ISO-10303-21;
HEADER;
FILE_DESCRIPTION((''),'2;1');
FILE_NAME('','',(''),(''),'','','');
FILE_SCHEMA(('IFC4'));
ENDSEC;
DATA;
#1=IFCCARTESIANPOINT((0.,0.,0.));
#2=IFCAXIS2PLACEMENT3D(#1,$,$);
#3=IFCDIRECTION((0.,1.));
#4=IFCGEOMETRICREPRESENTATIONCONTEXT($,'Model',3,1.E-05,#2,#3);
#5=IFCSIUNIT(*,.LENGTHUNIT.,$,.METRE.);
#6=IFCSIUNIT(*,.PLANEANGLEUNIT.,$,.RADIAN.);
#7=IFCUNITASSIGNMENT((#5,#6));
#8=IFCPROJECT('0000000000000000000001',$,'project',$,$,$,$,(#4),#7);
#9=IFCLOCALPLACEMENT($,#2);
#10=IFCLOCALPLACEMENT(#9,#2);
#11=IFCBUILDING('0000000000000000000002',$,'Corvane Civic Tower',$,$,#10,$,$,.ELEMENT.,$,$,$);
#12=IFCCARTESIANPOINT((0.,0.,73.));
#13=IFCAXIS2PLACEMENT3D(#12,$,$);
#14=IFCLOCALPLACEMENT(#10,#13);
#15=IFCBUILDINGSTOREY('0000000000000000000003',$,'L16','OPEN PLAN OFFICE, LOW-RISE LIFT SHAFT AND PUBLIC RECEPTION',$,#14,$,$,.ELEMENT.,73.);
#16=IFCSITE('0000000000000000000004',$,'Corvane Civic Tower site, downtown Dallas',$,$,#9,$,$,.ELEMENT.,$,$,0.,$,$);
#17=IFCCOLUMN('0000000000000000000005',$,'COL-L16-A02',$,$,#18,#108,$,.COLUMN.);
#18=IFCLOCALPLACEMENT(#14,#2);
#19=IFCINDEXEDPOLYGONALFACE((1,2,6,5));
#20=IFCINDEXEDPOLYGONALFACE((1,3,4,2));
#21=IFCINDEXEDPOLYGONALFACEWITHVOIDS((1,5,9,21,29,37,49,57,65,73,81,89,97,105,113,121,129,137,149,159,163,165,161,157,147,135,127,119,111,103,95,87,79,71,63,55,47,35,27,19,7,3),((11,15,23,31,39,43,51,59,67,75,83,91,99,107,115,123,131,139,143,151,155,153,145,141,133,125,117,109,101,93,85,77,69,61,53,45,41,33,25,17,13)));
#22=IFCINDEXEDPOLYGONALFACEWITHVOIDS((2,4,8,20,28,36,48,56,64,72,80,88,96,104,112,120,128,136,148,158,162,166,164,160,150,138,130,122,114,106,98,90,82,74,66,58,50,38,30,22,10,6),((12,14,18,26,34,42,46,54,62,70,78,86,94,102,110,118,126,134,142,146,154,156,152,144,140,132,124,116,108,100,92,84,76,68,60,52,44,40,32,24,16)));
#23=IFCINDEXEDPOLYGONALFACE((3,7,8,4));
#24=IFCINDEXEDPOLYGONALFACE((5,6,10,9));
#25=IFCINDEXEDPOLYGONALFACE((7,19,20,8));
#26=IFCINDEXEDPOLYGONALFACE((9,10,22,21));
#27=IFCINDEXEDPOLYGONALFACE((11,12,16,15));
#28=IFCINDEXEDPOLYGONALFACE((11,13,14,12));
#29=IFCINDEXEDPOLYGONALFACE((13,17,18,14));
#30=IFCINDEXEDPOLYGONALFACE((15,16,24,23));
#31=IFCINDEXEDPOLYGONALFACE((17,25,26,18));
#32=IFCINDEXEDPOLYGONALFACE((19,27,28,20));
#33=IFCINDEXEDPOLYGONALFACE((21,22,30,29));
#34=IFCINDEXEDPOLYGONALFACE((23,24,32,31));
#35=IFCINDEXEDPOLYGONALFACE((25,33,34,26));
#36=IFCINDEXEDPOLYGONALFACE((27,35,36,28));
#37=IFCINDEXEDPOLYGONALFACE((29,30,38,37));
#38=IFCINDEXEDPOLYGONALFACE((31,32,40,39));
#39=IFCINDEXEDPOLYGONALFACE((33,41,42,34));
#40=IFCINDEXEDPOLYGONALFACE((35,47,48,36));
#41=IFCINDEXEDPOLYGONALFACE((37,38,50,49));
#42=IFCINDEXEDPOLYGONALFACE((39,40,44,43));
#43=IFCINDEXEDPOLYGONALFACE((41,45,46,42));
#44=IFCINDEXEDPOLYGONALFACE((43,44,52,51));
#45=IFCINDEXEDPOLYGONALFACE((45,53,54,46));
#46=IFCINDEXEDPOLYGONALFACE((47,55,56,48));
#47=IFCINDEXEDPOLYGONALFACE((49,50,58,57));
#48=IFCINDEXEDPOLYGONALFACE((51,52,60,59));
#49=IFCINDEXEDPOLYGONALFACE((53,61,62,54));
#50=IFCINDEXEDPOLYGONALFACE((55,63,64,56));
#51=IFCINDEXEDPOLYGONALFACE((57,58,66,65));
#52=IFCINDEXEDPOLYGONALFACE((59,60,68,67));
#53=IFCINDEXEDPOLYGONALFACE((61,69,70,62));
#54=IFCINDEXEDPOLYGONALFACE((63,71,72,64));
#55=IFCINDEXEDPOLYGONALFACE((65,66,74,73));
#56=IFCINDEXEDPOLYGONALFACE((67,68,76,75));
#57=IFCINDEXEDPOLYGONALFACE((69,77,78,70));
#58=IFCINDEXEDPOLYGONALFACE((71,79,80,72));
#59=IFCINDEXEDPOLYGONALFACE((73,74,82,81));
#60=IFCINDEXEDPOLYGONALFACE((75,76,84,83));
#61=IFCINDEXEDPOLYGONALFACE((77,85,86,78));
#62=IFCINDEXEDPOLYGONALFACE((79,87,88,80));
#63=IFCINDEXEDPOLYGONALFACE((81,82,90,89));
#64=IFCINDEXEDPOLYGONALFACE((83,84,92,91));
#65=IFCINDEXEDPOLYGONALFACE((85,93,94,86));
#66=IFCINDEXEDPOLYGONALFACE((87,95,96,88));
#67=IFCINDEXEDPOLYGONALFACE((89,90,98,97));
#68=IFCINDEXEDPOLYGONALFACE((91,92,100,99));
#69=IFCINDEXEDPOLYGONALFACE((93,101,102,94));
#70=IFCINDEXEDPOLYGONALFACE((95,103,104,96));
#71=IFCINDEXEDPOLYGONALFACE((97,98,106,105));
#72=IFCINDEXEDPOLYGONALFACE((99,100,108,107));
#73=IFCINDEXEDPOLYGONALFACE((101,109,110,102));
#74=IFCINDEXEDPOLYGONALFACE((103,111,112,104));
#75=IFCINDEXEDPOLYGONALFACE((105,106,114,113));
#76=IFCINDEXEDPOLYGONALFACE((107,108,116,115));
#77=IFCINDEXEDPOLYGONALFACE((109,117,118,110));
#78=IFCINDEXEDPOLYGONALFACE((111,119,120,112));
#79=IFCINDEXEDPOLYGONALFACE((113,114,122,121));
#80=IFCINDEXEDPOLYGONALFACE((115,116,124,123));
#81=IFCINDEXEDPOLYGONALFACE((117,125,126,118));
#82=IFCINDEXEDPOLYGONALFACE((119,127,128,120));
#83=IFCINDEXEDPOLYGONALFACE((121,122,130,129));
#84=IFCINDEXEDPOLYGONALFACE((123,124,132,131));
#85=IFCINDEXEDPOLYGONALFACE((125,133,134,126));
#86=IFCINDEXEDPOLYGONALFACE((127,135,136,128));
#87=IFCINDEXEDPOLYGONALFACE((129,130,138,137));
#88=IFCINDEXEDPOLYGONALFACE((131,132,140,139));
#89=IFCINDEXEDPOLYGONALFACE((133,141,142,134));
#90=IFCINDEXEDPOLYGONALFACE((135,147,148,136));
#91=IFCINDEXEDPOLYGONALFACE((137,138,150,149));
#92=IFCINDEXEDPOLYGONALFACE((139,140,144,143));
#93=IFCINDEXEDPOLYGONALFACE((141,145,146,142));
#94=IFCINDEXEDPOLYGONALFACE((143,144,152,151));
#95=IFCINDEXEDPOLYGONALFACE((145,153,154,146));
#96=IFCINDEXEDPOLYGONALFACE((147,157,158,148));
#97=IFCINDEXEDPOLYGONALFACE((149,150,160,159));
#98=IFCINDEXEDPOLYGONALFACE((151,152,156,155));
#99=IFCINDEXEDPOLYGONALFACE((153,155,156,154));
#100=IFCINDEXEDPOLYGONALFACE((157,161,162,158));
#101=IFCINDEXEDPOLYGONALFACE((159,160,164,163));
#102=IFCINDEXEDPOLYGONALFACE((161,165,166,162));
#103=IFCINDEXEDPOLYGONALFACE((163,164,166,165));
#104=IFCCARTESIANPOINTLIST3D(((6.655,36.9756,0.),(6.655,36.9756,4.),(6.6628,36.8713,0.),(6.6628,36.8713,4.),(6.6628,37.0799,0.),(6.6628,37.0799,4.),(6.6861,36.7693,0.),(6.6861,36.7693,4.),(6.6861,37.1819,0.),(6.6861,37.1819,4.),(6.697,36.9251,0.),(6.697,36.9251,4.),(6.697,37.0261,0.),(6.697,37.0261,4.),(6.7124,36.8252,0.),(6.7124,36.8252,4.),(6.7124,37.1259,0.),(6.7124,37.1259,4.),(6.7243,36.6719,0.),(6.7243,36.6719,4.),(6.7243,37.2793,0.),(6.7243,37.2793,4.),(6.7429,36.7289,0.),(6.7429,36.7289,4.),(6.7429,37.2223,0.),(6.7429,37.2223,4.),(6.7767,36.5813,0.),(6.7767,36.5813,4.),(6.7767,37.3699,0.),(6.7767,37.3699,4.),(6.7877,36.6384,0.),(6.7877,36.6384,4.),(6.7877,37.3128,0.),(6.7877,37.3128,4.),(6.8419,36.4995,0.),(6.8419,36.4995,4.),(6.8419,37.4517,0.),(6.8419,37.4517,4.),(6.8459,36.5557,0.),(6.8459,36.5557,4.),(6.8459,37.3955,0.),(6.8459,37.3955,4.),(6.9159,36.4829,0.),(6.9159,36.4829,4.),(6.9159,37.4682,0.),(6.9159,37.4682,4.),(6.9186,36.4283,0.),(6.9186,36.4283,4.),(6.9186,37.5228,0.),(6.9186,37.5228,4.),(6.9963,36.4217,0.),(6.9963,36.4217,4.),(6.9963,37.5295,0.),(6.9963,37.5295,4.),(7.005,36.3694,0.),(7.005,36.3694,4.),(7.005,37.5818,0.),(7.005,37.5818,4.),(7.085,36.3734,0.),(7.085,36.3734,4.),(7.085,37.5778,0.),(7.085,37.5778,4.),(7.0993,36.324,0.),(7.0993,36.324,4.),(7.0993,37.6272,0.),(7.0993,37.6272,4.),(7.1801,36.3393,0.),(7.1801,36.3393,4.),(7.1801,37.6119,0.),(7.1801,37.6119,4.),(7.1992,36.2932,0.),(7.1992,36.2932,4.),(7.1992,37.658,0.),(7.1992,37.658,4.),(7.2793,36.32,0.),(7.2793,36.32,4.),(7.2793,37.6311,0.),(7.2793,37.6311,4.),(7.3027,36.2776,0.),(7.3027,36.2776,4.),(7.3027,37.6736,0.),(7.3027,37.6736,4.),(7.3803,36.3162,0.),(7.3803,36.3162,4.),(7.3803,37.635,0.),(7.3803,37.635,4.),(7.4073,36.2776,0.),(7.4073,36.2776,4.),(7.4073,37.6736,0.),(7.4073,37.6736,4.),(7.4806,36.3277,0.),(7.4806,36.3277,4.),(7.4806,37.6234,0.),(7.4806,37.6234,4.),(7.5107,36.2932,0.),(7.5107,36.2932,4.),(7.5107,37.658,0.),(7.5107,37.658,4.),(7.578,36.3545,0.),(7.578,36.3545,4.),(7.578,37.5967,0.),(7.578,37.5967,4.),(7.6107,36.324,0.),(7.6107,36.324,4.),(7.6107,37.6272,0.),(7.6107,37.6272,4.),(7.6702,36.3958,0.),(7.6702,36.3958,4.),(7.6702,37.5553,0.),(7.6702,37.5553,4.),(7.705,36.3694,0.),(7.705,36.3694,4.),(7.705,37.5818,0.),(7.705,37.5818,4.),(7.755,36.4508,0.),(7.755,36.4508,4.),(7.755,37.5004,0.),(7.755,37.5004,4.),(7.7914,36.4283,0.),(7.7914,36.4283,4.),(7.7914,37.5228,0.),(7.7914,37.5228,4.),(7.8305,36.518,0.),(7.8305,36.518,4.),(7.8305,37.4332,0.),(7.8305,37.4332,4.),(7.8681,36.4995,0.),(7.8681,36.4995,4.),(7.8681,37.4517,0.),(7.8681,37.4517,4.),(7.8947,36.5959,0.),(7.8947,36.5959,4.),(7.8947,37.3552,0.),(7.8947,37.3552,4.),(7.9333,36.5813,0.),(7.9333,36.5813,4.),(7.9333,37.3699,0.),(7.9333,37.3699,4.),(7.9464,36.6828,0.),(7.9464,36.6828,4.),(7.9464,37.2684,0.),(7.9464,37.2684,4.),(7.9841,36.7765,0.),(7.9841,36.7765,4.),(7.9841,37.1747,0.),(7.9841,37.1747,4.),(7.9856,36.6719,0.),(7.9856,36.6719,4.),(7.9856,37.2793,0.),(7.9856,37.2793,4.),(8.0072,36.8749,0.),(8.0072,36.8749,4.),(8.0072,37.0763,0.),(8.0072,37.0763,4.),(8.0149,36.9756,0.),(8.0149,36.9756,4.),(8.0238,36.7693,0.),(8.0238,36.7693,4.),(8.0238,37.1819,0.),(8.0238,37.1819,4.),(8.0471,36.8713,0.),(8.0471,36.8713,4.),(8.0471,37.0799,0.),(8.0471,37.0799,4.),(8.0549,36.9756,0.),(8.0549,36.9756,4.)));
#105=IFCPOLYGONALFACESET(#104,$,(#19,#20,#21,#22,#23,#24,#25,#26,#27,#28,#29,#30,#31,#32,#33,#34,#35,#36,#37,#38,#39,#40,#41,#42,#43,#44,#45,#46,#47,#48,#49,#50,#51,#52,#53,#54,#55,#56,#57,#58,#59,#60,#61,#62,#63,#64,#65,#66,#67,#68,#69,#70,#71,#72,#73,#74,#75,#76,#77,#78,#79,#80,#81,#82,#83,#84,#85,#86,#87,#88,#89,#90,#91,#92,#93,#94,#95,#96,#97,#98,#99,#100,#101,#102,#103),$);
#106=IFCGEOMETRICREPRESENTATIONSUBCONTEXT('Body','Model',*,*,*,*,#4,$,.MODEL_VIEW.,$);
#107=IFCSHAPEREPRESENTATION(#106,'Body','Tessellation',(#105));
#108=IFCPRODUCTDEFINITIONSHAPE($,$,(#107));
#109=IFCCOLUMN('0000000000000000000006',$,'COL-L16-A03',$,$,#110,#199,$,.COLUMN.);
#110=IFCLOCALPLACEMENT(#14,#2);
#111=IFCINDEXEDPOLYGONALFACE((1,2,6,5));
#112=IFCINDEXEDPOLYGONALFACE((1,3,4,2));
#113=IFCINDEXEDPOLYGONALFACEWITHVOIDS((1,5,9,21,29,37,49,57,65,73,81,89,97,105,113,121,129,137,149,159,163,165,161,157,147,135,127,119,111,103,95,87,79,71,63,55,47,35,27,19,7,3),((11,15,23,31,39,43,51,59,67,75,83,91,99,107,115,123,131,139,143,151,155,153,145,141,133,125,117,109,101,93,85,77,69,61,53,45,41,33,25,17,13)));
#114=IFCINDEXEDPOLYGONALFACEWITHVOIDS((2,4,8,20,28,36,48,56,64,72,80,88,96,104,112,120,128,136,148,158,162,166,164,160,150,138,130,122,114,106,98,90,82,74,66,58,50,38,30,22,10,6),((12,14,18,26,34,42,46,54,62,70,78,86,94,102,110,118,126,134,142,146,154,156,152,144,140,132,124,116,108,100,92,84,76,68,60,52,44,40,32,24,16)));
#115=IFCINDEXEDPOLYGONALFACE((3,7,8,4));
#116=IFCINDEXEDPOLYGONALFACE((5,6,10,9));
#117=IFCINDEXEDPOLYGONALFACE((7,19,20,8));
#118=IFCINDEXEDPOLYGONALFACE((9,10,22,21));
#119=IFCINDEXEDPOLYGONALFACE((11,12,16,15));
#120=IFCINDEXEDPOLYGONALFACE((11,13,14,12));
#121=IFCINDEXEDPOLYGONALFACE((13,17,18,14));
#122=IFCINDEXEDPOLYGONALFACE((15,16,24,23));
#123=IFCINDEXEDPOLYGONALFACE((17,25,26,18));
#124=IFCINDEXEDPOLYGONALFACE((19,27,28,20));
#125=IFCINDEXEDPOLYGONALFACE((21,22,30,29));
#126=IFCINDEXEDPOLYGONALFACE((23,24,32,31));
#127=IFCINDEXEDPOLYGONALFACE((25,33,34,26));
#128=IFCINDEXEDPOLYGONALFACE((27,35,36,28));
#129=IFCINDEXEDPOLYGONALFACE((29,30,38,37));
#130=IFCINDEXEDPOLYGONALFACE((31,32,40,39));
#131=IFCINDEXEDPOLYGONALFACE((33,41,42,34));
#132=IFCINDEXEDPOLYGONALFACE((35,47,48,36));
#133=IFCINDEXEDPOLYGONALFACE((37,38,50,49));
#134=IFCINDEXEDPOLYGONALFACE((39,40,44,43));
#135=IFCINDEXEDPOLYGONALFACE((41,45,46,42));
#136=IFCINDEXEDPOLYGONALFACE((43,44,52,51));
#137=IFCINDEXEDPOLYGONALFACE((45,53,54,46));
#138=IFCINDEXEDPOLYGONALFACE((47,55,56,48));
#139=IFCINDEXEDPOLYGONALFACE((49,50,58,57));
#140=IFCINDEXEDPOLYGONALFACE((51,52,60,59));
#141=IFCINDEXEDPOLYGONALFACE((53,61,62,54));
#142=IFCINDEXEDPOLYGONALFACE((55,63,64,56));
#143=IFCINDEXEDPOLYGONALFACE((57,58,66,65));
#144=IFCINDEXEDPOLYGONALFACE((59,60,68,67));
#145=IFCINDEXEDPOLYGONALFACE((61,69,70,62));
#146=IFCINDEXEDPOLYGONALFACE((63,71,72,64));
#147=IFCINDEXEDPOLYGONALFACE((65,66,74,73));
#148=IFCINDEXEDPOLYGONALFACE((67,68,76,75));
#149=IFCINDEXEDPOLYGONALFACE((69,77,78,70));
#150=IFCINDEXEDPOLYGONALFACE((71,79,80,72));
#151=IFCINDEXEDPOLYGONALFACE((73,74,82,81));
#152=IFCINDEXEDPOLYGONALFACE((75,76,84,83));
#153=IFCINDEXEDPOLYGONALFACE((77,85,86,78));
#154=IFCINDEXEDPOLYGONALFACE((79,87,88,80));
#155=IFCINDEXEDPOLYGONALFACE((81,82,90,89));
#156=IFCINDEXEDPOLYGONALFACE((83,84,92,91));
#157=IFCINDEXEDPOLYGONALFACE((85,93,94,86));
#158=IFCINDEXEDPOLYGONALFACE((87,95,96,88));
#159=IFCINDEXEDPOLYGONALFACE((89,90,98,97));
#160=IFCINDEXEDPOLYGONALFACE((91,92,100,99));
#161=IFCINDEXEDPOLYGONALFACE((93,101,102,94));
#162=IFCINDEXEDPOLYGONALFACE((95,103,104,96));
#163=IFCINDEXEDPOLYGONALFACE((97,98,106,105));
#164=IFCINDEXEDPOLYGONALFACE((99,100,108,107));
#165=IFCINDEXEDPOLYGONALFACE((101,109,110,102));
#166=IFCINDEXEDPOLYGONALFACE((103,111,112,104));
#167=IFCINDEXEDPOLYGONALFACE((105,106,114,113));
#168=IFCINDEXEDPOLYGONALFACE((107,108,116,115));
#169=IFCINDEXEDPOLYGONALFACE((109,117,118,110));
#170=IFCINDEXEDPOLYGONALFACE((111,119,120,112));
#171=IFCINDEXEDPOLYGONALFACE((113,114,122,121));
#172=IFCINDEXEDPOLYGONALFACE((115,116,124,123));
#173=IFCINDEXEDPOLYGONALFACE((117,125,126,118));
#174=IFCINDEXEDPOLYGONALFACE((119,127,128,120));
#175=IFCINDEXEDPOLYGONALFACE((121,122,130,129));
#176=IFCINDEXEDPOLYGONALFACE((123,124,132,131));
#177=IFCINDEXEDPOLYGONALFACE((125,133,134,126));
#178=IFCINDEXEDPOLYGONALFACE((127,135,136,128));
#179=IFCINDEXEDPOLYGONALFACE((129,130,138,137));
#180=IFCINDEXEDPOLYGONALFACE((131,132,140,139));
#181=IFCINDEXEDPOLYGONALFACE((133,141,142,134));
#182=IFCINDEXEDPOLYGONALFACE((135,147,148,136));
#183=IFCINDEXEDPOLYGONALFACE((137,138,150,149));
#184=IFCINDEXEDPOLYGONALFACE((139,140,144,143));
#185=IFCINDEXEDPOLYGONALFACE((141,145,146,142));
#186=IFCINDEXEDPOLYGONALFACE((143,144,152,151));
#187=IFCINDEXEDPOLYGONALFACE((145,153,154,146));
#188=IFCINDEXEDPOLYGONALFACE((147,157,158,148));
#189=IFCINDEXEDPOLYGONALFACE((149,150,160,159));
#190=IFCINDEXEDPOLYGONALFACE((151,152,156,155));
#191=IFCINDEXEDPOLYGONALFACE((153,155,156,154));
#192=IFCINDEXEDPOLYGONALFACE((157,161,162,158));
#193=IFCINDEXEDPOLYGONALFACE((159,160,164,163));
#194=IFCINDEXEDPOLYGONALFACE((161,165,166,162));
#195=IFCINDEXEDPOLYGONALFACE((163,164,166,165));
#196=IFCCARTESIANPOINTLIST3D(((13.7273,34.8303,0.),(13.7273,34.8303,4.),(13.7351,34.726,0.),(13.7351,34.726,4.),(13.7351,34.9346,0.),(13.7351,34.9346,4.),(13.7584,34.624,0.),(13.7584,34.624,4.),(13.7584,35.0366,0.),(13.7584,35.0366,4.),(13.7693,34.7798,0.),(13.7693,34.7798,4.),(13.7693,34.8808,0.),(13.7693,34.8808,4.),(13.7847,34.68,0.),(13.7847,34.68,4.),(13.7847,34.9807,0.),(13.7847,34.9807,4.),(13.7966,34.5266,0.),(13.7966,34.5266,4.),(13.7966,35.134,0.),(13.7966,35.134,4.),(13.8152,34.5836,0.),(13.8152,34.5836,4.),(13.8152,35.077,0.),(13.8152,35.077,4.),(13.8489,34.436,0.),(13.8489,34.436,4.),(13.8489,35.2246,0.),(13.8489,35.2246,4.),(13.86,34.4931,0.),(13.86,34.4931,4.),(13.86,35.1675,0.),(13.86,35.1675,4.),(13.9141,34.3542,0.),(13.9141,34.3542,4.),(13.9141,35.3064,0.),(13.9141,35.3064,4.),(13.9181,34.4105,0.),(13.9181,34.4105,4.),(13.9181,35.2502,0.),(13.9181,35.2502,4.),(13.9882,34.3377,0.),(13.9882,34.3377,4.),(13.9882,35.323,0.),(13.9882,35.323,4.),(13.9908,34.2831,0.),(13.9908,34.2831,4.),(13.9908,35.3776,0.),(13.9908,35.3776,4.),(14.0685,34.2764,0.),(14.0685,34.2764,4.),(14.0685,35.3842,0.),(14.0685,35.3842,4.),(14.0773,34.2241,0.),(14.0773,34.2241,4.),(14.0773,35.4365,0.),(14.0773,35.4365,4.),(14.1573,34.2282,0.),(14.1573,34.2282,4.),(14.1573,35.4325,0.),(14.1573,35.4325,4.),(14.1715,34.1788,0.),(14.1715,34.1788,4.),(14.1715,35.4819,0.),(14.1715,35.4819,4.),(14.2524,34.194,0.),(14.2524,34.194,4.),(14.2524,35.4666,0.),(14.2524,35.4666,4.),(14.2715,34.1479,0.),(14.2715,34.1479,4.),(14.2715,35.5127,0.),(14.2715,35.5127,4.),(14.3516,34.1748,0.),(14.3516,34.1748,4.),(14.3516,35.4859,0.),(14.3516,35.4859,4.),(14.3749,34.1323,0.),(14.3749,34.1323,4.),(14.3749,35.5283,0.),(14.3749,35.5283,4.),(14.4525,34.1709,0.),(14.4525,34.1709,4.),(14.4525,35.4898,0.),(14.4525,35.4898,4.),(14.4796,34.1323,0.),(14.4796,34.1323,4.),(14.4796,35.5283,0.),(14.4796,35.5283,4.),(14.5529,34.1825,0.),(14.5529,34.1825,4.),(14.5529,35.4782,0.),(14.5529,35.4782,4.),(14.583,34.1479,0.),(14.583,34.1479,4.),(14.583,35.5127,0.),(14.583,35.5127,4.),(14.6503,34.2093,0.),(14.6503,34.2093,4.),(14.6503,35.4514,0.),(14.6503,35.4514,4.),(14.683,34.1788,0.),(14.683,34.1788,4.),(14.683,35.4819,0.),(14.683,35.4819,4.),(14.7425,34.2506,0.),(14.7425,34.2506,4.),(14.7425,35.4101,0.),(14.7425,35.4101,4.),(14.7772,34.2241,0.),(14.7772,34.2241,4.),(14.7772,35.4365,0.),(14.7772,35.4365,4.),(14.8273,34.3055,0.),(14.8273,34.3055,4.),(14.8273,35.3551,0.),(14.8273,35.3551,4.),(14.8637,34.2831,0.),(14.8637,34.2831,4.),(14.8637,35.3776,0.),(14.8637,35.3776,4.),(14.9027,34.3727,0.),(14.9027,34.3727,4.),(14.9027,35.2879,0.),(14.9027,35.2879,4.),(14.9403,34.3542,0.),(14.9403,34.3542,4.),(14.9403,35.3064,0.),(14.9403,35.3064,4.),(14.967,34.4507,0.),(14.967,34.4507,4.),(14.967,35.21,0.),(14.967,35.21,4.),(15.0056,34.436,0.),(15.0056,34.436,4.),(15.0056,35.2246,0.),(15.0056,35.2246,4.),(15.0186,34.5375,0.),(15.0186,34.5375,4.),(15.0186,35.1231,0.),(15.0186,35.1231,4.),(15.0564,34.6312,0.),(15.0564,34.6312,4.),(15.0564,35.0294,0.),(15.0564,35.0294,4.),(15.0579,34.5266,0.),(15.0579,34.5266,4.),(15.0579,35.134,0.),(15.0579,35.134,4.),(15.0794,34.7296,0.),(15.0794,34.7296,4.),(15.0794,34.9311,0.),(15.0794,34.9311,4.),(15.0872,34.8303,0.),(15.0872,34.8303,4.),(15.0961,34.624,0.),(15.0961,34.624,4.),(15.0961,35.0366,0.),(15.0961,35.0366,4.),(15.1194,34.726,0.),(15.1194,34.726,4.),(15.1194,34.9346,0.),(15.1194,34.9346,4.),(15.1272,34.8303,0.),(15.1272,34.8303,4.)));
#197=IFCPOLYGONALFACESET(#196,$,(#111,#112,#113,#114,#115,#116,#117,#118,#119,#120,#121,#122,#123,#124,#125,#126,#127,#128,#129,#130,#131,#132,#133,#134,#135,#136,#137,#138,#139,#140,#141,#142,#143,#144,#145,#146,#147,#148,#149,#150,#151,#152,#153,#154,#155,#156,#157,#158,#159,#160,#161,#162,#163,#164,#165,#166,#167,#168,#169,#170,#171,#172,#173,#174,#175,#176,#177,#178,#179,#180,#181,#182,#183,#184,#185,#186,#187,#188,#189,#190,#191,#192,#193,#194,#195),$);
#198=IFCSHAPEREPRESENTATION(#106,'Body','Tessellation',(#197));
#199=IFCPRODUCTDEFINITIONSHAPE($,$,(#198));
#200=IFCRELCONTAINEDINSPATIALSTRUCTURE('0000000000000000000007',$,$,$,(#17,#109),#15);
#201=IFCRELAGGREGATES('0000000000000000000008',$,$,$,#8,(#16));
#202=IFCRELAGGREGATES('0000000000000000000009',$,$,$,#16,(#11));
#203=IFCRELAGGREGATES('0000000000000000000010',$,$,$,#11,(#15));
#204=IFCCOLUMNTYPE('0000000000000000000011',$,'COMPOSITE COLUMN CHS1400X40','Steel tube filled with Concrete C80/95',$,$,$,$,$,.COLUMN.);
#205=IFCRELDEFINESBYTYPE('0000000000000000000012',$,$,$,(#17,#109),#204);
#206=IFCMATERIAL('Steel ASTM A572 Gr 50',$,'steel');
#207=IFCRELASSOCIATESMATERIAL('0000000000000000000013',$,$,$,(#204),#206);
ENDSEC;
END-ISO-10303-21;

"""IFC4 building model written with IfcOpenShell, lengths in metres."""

from ifc_helpers import new_model, si_unit, direction, frame, origin, origin_2d, place, context, subcontext, project, spatial, hollow_circle, extrude, material, material_profile, profile_set, type_object, element, save


model = new_model("IFC4")

# Units and contexts
model_context = context("Model", 3, precision=1e-05, world=origin(), true_north=direction((0.0, 1.0)))
body_context = subcontext(model_context, "Body", "Model", "MODEL_VIEW")
ifc_project = project(units=[si_unit("LENGTHUNIT", "METRE"), si_unit("PLANEANGLEUNIT", "RADIAN")], contexts=[model_context])

# Site, building, storey
site_placement = place(None, origin())
site = spatial("IfcSite", under=ifc_project, at=site_placement, Name="Corvane Civic Tower site, downtown Dallas", CompositionType="ELEMENT", RefElevation=0.0)
building_placement = place(site_placement, origin())
building = spatial("IfcBuilding", under=site, at=building_placement, Name="Corvane Civic Tower", CompositionType="ELEMENT")
storey_placement = place(building_placement, frame((0.0, 0.0, 73.0)))
storey = spatial("IfcBuildingStorey", under=building, at=storey_placement, Name="L16", Description="OPEN PLAN OFFICE, LOW-RISE LIFT SHAFT AND PUBLIC RECEPTION", CompositionType="ELEMENT", Elevation=73.0)

# Columns
ifc_material_1 = material(Name="Steel ASTM A572 Gr 50", Category="steel")
ifc_material_profile_1 = material_profile(ifc_material_1, hollow_circle(Radius=0.7, WallThickness=0.04, at=origin_2d()), Name="CHS1400X40")
ifc_profile_set_1 = profile_set([ifc_material_profile_1], Name="Steel ASTM A572 Gr 50")
column_type = type_object("IfcColumnType", Name="COMPOSITE COLUMN CHS1400X40", Description="Steel tube filled with Concrete C80/95", PredefinedType="COLUMN", material=ifc_profile_set_1)
for number, where, z_axis, x_axis, name in (
    (1, (7.355, 36.9756, 0.0), (0.0, 0.0, 1.0), (1.0, 0.0, 0.0), "COL-L16-A02"),
    (2, (14.4272, 34.8303, 0.0), (0.0, 0.0, 1.0), (1.0, 0.0, 0.0), "COL-L16-A03"),
):
    element("IfcColumn", number, at=place(storey_placement, frame(where, z_axis=z_axis, x_axis=x_axis)), inside=storey, type_object=column_type, Name=name, PredefinedType="COLUMN", context=body_context, shape_type="SweptSolid", body=[
        extrude(hollow_circle(Radius=0.7, WallThickness=0.04, at=origin_2d()), origin(), (0.0, 0.0, 1.0), 4.0),
    ])

save(model, "model.ifc")
